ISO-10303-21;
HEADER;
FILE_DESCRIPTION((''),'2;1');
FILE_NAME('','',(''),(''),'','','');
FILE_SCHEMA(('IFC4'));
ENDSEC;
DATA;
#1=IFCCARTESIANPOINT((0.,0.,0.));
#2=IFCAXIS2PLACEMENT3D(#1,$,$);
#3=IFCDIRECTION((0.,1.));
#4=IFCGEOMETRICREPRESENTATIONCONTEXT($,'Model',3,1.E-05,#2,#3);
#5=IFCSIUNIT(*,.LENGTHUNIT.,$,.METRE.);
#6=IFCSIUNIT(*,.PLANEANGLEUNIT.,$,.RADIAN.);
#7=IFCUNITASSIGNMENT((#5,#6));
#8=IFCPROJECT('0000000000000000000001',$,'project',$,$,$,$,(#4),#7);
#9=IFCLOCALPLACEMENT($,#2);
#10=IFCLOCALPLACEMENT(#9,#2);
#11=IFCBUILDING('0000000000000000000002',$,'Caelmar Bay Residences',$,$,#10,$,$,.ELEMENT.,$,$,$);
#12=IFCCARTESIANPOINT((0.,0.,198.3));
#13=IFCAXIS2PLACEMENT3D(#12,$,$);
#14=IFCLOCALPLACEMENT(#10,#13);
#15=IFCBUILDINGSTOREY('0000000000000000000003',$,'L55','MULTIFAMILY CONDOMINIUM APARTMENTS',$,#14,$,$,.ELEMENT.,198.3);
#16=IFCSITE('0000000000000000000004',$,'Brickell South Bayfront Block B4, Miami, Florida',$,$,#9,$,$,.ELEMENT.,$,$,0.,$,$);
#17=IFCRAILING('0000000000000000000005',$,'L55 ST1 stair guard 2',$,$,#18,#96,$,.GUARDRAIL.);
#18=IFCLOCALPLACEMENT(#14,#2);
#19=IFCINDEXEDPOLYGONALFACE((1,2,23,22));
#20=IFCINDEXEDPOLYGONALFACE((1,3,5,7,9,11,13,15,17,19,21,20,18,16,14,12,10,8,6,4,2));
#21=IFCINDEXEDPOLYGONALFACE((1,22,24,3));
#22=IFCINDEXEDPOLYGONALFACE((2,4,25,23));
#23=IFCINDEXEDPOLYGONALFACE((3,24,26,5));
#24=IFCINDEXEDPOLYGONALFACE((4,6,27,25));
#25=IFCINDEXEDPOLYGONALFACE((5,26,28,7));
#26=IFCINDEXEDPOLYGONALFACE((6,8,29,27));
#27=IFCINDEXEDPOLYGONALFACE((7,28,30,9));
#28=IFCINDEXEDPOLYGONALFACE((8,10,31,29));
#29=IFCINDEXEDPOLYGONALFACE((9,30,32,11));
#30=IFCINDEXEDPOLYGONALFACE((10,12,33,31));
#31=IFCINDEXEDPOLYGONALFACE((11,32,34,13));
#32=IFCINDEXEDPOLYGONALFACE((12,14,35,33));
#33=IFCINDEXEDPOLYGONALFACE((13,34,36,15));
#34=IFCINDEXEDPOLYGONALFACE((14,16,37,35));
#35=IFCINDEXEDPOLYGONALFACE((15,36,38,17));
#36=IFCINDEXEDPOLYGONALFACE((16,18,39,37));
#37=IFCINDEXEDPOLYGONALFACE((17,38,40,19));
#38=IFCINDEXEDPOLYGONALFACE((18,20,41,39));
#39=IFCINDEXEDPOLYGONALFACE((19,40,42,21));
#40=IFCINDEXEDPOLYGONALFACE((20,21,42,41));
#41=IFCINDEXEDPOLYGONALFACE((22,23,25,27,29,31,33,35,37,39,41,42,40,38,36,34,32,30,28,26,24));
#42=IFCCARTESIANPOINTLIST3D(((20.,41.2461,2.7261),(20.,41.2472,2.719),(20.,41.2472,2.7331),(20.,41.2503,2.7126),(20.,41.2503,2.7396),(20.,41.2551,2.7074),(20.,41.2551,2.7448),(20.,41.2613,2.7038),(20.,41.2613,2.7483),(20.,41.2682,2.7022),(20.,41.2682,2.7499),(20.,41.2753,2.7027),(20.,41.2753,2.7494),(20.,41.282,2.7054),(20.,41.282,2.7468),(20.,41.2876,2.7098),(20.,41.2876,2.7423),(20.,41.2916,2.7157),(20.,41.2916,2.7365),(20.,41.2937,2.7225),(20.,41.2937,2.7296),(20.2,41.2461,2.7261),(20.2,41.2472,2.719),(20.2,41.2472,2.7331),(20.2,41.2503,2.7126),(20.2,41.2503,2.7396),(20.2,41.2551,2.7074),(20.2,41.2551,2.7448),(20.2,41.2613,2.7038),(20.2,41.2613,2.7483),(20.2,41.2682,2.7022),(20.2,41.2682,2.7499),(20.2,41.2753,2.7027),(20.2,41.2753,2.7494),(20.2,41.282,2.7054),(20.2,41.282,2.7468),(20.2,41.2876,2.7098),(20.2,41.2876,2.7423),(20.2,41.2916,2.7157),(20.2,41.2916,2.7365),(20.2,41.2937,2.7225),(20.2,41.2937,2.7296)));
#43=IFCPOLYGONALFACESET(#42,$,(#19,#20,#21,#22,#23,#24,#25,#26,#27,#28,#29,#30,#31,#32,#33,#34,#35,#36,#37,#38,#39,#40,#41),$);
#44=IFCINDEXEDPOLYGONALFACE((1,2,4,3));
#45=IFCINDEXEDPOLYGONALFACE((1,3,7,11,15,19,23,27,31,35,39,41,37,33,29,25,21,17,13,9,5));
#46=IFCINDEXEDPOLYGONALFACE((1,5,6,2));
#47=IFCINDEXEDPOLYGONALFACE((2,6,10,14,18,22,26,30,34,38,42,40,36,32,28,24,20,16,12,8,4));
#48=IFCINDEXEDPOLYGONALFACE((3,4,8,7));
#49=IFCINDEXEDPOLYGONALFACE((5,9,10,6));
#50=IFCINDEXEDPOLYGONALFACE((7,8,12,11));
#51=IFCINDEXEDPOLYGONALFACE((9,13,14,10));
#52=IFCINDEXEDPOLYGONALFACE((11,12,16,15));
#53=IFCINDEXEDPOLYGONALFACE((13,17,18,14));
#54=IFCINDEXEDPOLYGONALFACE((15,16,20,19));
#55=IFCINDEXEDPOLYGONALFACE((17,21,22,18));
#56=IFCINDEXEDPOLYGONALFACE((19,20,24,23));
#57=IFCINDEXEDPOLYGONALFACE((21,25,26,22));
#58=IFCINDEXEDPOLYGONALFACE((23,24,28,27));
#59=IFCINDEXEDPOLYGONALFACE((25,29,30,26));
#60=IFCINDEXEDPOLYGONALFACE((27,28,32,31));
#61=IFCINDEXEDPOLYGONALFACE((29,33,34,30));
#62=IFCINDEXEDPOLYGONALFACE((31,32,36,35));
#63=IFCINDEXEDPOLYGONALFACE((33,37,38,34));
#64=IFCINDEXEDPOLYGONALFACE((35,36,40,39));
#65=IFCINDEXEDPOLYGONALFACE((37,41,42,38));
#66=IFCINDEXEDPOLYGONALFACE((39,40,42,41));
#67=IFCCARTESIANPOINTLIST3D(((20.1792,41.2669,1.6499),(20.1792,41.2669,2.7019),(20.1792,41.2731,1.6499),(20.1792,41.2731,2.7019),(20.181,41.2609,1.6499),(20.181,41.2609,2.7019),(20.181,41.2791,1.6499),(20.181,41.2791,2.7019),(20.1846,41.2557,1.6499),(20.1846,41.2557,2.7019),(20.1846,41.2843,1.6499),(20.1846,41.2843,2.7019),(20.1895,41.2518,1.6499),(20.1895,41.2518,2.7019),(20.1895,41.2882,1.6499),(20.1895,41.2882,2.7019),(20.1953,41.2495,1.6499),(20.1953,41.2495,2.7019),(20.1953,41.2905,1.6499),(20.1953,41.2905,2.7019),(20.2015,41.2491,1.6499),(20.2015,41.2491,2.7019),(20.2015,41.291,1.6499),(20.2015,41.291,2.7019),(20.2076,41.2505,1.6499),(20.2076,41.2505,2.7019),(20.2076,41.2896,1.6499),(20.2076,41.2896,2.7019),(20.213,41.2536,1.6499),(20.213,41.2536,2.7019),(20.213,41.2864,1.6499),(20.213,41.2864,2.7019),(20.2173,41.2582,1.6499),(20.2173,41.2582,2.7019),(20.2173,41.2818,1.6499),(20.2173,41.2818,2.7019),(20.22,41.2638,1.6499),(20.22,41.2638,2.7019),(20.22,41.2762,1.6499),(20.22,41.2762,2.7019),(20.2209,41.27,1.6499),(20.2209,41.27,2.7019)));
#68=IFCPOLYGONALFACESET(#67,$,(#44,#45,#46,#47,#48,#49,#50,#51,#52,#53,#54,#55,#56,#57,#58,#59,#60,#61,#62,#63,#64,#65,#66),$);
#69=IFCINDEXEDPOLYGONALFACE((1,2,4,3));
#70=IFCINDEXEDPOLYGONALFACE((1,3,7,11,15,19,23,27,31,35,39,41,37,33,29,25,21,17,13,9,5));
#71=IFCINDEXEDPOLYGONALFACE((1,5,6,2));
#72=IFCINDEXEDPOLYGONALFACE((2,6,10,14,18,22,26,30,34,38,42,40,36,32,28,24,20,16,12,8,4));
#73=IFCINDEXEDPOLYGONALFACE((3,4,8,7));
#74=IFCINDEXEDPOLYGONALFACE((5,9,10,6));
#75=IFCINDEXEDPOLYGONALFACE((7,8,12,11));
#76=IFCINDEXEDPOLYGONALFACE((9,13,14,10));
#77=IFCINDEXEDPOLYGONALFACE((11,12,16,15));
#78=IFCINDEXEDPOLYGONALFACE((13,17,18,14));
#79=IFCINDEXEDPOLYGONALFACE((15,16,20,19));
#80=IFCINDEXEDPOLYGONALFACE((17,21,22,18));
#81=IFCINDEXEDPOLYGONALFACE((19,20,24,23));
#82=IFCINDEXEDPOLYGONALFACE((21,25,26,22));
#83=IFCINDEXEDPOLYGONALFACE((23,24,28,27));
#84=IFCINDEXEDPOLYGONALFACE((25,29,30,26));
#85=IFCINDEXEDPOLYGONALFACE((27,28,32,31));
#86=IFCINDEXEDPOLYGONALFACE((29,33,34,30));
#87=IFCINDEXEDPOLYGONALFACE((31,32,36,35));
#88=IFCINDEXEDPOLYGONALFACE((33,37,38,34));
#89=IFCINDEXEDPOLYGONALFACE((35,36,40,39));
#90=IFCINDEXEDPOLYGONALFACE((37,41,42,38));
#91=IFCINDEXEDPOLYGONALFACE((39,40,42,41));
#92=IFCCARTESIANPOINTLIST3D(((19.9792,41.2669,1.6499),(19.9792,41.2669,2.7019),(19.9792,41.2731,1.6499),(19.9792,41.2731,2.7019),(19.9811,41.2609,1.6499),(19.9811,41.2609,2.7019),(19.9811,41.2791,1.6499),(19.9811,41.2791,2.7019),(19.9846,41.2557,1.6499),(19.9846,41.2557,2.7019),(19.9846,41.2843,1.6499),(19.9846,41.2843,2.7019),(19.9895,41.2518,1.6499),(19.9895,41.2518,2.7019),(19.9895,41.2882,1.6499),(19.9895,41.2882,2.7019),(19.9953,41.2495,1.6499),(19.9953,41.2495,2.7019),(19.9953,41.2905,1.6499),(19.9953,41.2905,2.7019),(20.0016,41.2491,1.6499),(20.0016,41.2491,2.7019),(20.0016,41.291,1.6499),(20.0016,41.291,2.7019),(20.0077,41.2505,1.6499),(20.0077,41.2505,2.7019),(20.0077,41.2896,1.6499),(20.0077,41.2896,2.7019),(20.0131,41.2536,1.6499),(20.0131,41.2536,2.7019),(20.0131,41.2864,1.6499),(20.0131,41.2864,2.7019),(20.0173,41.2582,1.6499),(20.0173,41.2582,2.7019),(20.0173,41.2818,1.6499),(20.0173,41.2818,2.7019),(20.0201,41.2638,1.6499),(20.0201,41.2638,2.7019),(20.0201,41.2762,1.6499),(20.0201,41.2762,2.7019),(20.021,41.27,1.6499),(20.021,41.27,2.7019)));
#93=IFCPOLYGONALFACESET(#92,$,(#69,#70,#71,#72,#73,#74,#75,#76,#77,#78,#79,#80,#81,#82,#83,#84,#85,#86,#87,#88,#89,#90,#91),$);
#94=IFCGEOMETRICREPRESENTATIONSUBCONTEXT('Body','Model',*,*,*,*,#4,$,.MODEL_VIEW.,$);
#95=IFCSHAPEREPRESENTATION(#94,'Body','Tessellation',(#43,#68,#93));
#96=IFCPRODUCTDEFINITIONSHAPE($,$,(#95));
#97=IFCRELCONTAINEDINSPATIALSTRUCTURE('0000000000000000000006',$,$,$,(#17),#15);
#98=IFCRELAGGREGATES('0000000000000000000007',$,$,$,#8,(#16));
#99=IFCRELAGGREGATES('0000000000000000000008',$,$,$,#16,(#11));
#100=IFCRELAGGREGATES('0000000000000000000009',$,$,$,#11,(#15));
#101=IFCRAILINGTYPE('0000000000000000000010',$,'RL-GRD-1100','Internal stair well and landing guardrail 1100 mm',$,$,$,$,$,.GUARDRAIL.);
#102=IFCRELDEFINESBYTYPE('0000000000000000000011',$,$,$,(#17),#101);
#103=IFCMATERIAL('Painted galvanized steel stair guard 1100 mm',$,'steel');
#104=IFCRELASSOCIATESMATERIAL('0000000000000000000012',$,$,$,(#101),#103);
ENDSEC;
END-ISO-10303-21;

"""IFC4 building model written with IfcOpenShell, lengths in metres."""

from ifc_helpers import new_model, si_unit, direction, frame, origin, origin_2d, place, context, subcontext, project, spatial, circle, extrude, material, type_object, element, save


model = new_model("IFC4")

# Units and contexts
model_context = context("Model", 3, precision=1e-05, world=origin(), true_north=direction((0.0, 1.0)))
body_context = subcontext(model_context, "Body", "Model", "MODEL_VIEW")
ifc_project = project(units=[si_unit("LENGTHUNIT", "METRE"), si_unit("PLANEANGLEUNIT", "RADIAN")], contexts=[model_context])

# Site, building, storey
site_placement = place(None, origin())
site = spatial("IfcSite", under=ifc_project, at=site_placement, Name="Brickell South Bayfront Block B4, Miami, Florida", CompositionType="ELEMENT", RefElevation=0.0)
building_placement = place(site_placement, origin())
building = spatial("IfcBuilding", under=site, at=building_placement, Name="Caelmar Bay Residences", CompositionType="ELEMENT")
storey_placement = place(building_placement, frame((0.0, 0.0, 198.3)))
storey = spatial("IfcBuildingStorey", under=building, at=storey_placement, Name="L55", Description="MULTIFAMILY CONDOMINIUM APARTMENTS", CompositionType="ELEMENT", Elevation=198.3)

# Railing
ifc_material_1 = material(Name="Painted galvanized steel stair guard 1100 mm", Category="steel")
railing_type_1 = type_object("IfcRailingType", Name="RL-GRD-1100", Description="Internal stair well and landing guardrail 1100 mm", PredefinedType="GUARDRAIL", material=ifc_material_1)
railing_1_placement = place(storey_placement, frame((20.2, 41.27, 1.6499)))
element("IfcRailing", 1, at=railing_1_placement, inside=storey, type_object=railing_type_1, Name="L55 ST1 stair guard 2", PredefinedType="GUARDRAIL", context=body_context, shape_type="SweptSolid", body=[
    extrude(circle(Radius=0.0239, at=origin_2d()), frame((0.0, 0.0, 1.0762), z_axis=(-1.0, 0.0, 0.0), x_axis=(0.0, -1.0, 0.0)), (0.0, 0.0, 1.0), 0.2),
    extrude(circle(Radius=0.021, at=origin_2d()), origin(), (0.0, 0.0, 1.0), 1.052),
    extrude(circle(Radius=0.021, at=origin_2d()), frame((-0.2, 0.0, 0.0)), (0.0, 0.0, 1.0), 1.052),
])

save(model, "model.ifc")
